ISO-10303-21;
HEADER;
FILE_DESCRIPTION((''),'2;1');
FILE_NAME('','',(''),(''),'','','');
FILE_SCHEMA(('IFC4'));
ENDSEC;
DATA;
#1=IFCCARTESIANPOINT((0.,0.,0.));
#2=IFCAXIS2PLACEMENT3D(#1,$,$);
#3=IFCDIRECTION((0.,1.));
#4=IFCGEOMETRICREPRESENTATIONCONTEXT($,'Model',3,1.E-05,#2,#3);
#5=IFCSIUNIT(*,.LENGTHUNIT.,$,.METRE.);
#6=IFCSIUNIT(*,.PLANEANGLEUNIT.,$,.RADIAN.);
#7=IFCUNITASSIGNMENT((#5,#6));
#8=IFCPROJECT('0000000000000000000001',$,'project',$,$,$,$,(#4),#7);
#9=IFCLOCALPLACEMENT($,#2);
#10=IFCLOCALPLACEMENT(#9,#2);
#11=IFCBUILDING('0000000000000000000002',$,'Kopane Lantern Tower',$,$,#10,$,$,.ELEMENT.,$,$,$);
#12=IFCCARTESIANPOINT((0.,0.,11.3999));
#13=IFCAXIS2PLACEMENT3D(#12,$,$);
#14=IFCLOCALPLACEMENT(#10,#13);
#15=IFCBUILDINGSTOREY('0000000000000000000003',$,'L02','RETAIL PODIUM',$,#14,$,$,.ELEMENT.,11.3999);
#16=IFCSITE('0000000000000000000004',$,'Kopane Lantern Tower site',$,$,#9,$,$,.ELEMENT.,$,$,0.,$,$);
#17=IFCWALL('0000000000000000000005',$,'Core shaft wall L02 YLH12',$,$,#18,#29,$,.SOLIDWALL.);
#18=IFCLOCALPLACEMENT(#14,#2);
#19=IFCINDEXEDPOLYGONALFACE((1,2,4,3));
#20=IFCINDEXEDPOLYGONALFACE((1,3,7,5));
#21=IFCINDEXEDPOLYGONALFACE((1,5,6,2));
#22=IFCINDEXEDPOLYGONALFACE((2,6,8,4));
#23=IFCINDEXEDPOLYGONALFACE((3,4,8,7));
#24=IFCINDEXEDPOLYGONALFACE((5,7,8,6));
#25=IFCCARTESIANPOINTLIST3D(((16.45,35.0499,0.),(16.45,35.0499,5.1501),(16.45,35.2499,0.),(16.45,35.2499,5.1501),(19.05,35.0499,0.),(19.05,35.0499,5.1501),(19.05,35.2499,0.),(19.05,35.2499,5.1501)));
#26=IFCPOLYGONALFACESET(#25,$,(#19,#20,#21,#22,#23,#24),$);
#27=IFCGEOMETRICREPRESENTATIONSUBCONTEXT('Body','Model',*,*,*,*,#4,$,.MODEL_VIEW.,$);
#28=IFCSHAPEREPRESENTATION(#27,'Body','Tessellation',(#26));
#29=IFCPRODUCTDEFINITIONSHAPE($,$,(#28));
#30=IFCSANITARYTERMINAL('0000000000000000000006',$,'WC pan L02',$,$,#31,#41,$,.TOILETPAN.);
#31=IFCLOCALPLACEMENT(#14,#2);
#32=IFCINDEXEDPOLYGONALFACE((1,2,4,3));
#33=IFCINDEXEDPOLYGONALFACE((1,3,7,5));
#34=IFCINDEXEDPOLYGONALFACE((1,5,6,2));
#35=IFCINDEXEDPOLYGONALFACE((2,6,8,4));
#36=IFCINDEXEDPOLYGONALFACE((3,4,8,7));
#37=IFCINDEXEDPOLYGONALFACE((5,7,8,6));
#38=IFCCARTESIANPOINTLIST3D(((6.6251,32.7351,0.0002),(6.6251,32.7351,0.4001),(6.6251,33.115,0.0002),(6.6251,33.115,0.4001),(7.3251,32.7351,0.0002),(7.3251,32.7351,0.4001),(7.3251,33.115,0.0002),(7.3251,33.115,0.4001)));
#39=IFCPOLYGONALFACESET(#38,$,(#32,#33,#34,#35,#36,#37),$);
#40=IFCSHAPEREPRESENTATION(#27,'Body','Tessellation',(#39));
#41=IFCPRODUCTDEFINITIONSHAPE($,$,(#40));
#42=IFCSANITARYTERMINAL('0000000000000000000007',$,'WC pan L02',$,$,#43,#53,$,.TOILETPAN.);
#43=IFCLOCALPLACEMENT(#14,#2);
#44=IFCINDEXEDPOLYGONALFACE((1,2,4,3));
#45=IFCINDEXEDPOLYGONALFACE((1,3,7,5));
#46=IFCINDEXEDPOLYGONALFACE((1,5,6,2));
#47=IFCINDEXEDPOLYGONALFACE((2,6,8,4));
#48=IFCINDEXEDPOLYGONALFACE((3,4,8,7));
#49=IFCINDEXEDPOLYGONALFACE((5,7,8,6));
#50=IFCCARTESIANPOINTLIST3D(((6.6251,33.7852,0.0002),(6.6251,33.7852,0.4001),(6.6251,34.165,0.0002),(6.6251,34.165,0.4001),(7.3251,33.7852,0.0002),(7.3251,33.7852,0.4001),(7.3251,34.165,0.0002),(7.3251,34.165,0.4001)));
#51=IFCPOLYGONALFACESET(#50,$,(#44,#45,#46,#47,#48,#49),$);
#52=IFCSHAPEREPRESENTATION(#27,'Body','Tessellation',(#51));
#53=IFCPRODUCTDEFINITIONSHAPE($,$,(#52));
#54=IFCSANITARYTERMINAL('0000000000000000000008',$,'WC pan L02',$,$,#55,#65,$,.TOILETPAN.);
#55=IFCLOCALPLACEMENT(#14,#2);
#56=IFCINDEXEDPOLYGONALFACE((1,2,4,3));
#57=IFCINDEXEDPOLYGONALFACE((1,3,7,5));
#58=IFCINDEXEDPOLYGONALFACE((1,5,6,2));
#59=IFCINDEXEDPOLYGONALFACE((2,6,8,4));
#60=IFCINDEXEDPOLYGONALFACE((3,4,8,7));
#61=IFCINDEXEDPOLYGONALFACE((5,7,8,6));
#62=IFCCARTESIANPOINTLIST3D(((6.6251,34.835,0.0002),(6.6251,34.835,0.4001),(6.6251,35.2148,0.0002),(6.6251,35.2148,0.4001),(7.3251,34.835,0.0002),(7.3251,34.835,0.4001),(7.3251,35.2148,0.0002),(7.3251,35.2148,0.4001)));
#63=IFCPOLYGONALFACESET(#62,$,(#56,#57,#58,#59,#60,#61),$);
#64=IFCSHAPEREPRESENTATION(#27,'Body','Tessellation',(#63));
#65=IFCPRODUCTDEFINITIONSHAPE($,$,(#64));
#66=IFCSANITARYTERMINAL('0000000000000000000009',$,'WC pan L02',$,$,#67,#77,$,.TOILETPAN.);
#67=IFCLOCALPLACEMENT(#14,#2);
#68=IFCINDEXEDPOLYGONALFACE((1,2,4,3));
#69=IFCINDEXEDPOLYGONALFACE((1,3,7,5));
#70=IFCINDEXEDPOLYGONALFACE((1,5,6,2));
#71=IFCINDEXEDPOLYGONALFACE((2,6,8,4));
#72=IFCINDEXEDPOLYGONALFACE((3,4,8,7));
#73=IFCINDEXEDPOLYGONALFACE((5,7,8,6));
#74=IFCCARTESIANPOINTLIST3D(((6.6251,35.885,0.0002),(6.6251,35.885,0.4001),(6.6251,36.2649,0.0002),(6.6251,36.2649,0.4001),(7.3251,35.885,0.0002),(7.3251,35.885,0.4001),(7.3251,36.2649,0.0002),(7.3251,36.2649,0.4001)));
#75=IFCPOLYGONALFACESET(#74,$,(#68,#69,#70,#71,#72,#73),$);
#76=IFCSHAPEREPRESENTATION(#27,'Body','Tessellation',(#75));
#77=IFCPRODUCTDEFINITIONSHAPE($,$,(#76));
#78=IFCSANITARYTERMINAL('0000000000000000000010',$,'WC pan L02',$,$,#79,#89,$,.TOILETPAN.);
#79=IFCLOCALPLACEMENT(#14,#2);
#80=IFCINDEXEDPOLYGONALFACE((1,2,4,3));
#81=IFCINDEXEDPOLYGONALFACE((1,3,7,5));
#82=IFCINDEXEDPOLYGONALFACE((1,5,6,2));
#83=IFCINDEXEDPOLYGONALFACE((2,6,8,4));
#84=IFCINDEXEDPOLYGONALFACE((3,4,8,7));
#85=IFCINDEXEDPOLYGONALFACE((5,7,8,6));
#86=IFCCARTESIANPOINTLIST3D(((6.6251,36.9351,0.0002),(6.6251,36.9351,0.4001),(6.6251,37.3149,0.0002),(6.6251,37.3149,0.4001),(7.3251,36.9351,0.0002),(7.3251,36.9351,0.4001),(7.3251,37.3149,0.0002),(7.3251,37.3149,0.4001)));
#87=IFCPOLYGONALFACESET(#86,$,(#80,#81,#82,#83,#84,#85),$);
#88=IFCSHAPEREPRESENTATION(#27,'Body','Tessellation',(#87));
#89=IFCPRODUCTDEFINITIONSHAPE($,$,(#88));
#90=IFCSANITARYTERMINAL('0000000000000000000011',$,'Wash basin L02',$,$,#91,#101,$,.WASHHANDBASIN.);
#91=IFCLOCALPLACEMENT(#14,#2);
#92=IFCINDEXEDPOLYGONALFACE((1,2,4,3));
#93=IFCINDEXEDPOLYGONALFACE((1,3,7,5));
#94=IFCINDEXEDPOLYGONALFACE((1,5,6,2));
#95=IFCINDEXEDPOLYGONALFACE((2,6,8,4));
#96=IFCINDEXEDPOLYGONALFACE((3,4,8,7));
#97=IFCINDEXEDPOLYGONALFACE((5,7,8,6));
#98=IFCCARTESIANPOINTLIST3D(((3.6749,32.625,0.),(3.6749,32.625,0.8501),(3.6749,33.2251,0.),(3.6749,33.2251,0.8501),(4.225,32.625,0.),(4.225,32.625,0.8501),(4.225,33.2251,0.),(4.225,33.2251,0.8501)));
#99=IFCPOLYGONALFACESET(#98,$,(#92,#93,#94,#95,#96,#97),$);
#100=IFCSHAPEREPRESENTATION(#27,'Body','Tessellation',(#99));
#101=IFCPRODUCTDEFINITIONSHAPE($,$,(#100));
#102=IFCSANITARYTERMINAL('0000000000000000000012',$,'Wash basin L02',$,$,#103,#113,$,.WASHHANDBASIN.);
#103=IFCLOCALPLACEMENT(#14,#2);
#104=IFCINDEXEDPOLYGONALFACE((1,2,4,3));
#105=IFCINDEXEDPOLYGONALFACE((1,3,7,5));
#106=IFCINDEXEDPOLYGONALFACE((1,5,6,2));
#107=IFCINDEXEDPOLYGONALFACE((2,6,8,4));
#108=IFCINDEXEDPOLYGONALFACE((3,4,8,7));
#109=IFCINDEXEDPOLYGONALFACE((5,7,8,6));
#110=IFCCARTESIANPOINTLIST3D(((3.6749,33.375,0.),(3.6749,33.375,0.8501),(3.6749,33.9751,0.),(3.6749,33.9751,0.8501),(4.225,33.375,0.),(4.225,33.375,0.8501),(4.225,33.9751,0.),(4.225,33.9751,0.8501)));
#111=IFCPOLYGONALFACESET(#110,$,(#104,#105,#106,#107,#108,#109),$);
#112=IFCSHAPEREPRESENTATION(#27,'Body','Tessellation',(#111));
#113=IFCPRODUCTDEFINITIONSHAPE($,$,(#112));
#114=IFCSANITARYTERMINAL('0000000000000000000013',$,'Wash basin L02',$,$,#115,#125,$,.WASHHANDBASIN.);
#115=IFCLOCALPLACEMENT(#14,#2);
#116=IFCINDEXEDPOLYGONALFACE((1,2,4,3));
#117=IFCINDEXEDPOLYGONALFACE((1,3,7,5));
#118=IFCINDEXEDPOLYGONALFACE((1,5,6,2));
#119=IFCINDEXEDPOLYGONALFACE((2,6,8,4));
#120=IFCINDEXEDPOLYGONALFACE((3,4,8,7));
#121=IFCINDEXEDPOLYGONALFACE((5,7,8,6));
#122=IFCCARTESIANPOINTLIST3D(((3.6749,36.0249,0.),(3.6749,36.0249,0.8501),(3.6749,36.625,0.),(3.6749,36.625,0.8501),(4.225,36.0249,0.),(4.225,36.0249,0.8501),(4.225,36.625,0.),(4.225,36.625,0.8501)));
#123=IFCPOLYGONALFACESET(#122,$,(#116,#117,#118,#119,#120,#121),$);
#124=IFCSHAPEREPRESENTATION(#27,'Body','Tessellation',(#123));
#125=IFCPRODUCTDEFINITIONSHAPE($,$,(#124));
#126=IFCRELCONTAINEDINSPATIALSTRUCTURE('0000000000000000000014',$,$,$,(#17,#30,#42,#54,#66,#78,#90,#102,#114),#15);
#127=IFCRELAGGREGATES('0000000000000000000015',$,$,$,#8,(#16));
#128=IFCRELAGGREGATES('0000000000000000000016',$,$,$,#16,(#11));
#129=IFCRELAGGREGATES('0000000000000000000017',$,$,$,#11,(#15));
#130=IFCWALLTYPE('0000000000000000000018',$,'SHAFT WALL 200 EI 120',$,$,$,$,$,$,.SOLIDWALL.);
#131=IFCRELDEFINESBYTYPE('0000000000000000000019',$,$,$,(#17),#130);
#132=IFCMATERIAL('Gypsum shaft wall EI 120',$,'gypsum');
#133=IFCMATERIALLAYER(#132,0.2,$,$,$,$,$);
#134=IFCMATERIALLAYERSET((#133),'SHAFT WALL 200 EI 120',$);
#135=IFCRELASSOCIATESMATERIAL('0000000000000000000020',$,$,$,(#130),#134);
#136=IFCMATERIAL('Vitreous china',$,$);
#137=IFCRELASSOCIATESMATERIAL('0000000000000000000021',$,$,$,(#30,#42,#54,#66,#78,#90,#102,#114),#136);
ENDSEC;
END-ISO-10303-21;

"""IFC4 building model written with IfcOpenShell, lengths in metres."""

from ifc_helpers import new_model, si_unit, direction, frame, frame_2d, origin, origin_2d, place, context, subcontext, project, spatial, rectangle, extrude, material, layer, layer_set, type_object, element, save


model = new_model("IFC4")

# Units and contexts
model_context = context("Model", 3, precision=1e-05, world=origin(), true_north=direction((0.0, 1.0)))
body_context = subcontext(model_context, "Body", "Model", "MODEL_VIEW")
ifc_project = project(units=[si_unit("LENGTHUNIT", "METRE"), si_unit("PLANEANGLEUNIT", "RADIAN")], contexts=[model_context])

# Site, building, storey
site_placement = place(None, origin())
site = spatial("IfcSite", under=ifc_project, at=site_placement, Name="Kopane Lantern Tower site", CompositionType="ELEMENT", RefElevation=0.0)
building_placement = place(site_placement, origin())
building = spatial("IfcBuilding", under=site, at=building_placement, Name="Kopane Lantern Tower", CompositionType="ELEMENT")
storey_placement = place(building_placement, frame((0.0, 0.0, 11.3999)))
storey = spatial("IfcBuildingStorey", under=building, at=storey_placement, Name="L02", Description="RETAIL PODIUM", CompositionType="ELEMENT", Elevation=11.3999)

# Wall
ifc_material_1 = material(Name="Gypsum shaft wall EI 120", Category="gypsum")
ifc_layer_1 = layer(ifc_material_1, 0.2)
ifc_layer_set_1 = layer_set([ifc_layer_1], Name="SHAFT WALL 200 EI 120")
wall_type_1 = type_object("IfcWallType", Name="SHAFT WALL 200 EI 120", PredefinedType="SOLIDWALL", material=ifc_layer_set_1)
wall_1_placement = place(storey_placement, frame((16.45, 35.1499, 0.0), z_axis=(0.0, 0.0, 1.0), x_axis=(1.0, 0.0, 0.0)))
element("IfcWall", 1, at=wall_1_placement, inside=storey, type_object=wall_type_1, Name="Core shaft wall L02 YLH12", PredefinedType="SOLIDWALL", context=body_context, shape_type="SweptSolid", body=[
    extrude(rectangle(XDim=2.6001, YDim=0.2, at=frame_2d((1.3, 0.0))), origin(), (0.0, 0.0, 1.0), 5.1501),
])

# Sanitary terminals
ifc_material_2 = material(Name="Vitreous china")
for number, where, z_axis, x_axis, name in (
    (2, (6.9751, 32.925, 0.0002), (0.0, 0.0, 1.0), (1.0, 0.0, 0.0), "WC pan L02"),
    (3, (6.9751, 33.9751, 0.0002), (0.0, 0.0, 1.0), (1.0, 0.0, 0.0), "WC pan L02"),
    (4, (6.9751, 35.0249, 0.0002), (0.0, 0.0, 1.0), (1.0, 0.0, 0.0), "WC pan L02"),
    (5, (6.9751, 36.075, 0.0002), (0.0, 0.0, 1.0), (1.0, 0.0, 0.0), "WC pan L02"),
    (6, (6.9751, 37.125, 0.0002), (0.0, 0.0, 1.0), (1.0, 0.0, 0.0), "WC pan L02"),
):
    element("IfcSanitaryTerminal", number, at=place(storey_placement, frame(where, z_axis=z_axis, x_axis=x_axis)), inside=storey, material=ifc_material_2, Name=name, PredefinedType="TOILETPAN", context=body_context, shape_type="SweptSolid", body=[
        extrude(rectangle(XDim=0.7, YDim=0.3799, at=origin_2d()), origin(), (0.0, 0.0, 1.0), 0.3999),
    ])
for number, where, z_axis, x_axis, name in (
    (7, (3.95, 32.925, 0.0), (0.0, 0.0, 1.0), (1.0, 0.0, 0.0), "Wash basin L02"),
    (8, (3.95, 33.675, 0.0), (0.0, 0.0, 1.0), (1.0, 0.0, 0.0), "Wash basin L02"),
    (9, (3.95, 36.325, 0.0), (0.0, 0.0, 1.0), (1.0, 0.0, 0.0), "Wash basin L02"),
):
    element("IfcSanitaryTerminal", number, at=place(storey_placement, frame(where, z_axis=z_axis, x_axis=x_axis)), inside=storey, material=ifc_material_2, Name=name, PredefinedType="WASHHANDBASIN", context=body_context, shape_type="SweptSolid", body=[
        extrude(rectangle(XDim=0.55, YDim=0.6001, at=origin_2d()), origin(), (0.0, 0.0, 1.0), 0.8501),
    ])

save(model, "model.ifc")
